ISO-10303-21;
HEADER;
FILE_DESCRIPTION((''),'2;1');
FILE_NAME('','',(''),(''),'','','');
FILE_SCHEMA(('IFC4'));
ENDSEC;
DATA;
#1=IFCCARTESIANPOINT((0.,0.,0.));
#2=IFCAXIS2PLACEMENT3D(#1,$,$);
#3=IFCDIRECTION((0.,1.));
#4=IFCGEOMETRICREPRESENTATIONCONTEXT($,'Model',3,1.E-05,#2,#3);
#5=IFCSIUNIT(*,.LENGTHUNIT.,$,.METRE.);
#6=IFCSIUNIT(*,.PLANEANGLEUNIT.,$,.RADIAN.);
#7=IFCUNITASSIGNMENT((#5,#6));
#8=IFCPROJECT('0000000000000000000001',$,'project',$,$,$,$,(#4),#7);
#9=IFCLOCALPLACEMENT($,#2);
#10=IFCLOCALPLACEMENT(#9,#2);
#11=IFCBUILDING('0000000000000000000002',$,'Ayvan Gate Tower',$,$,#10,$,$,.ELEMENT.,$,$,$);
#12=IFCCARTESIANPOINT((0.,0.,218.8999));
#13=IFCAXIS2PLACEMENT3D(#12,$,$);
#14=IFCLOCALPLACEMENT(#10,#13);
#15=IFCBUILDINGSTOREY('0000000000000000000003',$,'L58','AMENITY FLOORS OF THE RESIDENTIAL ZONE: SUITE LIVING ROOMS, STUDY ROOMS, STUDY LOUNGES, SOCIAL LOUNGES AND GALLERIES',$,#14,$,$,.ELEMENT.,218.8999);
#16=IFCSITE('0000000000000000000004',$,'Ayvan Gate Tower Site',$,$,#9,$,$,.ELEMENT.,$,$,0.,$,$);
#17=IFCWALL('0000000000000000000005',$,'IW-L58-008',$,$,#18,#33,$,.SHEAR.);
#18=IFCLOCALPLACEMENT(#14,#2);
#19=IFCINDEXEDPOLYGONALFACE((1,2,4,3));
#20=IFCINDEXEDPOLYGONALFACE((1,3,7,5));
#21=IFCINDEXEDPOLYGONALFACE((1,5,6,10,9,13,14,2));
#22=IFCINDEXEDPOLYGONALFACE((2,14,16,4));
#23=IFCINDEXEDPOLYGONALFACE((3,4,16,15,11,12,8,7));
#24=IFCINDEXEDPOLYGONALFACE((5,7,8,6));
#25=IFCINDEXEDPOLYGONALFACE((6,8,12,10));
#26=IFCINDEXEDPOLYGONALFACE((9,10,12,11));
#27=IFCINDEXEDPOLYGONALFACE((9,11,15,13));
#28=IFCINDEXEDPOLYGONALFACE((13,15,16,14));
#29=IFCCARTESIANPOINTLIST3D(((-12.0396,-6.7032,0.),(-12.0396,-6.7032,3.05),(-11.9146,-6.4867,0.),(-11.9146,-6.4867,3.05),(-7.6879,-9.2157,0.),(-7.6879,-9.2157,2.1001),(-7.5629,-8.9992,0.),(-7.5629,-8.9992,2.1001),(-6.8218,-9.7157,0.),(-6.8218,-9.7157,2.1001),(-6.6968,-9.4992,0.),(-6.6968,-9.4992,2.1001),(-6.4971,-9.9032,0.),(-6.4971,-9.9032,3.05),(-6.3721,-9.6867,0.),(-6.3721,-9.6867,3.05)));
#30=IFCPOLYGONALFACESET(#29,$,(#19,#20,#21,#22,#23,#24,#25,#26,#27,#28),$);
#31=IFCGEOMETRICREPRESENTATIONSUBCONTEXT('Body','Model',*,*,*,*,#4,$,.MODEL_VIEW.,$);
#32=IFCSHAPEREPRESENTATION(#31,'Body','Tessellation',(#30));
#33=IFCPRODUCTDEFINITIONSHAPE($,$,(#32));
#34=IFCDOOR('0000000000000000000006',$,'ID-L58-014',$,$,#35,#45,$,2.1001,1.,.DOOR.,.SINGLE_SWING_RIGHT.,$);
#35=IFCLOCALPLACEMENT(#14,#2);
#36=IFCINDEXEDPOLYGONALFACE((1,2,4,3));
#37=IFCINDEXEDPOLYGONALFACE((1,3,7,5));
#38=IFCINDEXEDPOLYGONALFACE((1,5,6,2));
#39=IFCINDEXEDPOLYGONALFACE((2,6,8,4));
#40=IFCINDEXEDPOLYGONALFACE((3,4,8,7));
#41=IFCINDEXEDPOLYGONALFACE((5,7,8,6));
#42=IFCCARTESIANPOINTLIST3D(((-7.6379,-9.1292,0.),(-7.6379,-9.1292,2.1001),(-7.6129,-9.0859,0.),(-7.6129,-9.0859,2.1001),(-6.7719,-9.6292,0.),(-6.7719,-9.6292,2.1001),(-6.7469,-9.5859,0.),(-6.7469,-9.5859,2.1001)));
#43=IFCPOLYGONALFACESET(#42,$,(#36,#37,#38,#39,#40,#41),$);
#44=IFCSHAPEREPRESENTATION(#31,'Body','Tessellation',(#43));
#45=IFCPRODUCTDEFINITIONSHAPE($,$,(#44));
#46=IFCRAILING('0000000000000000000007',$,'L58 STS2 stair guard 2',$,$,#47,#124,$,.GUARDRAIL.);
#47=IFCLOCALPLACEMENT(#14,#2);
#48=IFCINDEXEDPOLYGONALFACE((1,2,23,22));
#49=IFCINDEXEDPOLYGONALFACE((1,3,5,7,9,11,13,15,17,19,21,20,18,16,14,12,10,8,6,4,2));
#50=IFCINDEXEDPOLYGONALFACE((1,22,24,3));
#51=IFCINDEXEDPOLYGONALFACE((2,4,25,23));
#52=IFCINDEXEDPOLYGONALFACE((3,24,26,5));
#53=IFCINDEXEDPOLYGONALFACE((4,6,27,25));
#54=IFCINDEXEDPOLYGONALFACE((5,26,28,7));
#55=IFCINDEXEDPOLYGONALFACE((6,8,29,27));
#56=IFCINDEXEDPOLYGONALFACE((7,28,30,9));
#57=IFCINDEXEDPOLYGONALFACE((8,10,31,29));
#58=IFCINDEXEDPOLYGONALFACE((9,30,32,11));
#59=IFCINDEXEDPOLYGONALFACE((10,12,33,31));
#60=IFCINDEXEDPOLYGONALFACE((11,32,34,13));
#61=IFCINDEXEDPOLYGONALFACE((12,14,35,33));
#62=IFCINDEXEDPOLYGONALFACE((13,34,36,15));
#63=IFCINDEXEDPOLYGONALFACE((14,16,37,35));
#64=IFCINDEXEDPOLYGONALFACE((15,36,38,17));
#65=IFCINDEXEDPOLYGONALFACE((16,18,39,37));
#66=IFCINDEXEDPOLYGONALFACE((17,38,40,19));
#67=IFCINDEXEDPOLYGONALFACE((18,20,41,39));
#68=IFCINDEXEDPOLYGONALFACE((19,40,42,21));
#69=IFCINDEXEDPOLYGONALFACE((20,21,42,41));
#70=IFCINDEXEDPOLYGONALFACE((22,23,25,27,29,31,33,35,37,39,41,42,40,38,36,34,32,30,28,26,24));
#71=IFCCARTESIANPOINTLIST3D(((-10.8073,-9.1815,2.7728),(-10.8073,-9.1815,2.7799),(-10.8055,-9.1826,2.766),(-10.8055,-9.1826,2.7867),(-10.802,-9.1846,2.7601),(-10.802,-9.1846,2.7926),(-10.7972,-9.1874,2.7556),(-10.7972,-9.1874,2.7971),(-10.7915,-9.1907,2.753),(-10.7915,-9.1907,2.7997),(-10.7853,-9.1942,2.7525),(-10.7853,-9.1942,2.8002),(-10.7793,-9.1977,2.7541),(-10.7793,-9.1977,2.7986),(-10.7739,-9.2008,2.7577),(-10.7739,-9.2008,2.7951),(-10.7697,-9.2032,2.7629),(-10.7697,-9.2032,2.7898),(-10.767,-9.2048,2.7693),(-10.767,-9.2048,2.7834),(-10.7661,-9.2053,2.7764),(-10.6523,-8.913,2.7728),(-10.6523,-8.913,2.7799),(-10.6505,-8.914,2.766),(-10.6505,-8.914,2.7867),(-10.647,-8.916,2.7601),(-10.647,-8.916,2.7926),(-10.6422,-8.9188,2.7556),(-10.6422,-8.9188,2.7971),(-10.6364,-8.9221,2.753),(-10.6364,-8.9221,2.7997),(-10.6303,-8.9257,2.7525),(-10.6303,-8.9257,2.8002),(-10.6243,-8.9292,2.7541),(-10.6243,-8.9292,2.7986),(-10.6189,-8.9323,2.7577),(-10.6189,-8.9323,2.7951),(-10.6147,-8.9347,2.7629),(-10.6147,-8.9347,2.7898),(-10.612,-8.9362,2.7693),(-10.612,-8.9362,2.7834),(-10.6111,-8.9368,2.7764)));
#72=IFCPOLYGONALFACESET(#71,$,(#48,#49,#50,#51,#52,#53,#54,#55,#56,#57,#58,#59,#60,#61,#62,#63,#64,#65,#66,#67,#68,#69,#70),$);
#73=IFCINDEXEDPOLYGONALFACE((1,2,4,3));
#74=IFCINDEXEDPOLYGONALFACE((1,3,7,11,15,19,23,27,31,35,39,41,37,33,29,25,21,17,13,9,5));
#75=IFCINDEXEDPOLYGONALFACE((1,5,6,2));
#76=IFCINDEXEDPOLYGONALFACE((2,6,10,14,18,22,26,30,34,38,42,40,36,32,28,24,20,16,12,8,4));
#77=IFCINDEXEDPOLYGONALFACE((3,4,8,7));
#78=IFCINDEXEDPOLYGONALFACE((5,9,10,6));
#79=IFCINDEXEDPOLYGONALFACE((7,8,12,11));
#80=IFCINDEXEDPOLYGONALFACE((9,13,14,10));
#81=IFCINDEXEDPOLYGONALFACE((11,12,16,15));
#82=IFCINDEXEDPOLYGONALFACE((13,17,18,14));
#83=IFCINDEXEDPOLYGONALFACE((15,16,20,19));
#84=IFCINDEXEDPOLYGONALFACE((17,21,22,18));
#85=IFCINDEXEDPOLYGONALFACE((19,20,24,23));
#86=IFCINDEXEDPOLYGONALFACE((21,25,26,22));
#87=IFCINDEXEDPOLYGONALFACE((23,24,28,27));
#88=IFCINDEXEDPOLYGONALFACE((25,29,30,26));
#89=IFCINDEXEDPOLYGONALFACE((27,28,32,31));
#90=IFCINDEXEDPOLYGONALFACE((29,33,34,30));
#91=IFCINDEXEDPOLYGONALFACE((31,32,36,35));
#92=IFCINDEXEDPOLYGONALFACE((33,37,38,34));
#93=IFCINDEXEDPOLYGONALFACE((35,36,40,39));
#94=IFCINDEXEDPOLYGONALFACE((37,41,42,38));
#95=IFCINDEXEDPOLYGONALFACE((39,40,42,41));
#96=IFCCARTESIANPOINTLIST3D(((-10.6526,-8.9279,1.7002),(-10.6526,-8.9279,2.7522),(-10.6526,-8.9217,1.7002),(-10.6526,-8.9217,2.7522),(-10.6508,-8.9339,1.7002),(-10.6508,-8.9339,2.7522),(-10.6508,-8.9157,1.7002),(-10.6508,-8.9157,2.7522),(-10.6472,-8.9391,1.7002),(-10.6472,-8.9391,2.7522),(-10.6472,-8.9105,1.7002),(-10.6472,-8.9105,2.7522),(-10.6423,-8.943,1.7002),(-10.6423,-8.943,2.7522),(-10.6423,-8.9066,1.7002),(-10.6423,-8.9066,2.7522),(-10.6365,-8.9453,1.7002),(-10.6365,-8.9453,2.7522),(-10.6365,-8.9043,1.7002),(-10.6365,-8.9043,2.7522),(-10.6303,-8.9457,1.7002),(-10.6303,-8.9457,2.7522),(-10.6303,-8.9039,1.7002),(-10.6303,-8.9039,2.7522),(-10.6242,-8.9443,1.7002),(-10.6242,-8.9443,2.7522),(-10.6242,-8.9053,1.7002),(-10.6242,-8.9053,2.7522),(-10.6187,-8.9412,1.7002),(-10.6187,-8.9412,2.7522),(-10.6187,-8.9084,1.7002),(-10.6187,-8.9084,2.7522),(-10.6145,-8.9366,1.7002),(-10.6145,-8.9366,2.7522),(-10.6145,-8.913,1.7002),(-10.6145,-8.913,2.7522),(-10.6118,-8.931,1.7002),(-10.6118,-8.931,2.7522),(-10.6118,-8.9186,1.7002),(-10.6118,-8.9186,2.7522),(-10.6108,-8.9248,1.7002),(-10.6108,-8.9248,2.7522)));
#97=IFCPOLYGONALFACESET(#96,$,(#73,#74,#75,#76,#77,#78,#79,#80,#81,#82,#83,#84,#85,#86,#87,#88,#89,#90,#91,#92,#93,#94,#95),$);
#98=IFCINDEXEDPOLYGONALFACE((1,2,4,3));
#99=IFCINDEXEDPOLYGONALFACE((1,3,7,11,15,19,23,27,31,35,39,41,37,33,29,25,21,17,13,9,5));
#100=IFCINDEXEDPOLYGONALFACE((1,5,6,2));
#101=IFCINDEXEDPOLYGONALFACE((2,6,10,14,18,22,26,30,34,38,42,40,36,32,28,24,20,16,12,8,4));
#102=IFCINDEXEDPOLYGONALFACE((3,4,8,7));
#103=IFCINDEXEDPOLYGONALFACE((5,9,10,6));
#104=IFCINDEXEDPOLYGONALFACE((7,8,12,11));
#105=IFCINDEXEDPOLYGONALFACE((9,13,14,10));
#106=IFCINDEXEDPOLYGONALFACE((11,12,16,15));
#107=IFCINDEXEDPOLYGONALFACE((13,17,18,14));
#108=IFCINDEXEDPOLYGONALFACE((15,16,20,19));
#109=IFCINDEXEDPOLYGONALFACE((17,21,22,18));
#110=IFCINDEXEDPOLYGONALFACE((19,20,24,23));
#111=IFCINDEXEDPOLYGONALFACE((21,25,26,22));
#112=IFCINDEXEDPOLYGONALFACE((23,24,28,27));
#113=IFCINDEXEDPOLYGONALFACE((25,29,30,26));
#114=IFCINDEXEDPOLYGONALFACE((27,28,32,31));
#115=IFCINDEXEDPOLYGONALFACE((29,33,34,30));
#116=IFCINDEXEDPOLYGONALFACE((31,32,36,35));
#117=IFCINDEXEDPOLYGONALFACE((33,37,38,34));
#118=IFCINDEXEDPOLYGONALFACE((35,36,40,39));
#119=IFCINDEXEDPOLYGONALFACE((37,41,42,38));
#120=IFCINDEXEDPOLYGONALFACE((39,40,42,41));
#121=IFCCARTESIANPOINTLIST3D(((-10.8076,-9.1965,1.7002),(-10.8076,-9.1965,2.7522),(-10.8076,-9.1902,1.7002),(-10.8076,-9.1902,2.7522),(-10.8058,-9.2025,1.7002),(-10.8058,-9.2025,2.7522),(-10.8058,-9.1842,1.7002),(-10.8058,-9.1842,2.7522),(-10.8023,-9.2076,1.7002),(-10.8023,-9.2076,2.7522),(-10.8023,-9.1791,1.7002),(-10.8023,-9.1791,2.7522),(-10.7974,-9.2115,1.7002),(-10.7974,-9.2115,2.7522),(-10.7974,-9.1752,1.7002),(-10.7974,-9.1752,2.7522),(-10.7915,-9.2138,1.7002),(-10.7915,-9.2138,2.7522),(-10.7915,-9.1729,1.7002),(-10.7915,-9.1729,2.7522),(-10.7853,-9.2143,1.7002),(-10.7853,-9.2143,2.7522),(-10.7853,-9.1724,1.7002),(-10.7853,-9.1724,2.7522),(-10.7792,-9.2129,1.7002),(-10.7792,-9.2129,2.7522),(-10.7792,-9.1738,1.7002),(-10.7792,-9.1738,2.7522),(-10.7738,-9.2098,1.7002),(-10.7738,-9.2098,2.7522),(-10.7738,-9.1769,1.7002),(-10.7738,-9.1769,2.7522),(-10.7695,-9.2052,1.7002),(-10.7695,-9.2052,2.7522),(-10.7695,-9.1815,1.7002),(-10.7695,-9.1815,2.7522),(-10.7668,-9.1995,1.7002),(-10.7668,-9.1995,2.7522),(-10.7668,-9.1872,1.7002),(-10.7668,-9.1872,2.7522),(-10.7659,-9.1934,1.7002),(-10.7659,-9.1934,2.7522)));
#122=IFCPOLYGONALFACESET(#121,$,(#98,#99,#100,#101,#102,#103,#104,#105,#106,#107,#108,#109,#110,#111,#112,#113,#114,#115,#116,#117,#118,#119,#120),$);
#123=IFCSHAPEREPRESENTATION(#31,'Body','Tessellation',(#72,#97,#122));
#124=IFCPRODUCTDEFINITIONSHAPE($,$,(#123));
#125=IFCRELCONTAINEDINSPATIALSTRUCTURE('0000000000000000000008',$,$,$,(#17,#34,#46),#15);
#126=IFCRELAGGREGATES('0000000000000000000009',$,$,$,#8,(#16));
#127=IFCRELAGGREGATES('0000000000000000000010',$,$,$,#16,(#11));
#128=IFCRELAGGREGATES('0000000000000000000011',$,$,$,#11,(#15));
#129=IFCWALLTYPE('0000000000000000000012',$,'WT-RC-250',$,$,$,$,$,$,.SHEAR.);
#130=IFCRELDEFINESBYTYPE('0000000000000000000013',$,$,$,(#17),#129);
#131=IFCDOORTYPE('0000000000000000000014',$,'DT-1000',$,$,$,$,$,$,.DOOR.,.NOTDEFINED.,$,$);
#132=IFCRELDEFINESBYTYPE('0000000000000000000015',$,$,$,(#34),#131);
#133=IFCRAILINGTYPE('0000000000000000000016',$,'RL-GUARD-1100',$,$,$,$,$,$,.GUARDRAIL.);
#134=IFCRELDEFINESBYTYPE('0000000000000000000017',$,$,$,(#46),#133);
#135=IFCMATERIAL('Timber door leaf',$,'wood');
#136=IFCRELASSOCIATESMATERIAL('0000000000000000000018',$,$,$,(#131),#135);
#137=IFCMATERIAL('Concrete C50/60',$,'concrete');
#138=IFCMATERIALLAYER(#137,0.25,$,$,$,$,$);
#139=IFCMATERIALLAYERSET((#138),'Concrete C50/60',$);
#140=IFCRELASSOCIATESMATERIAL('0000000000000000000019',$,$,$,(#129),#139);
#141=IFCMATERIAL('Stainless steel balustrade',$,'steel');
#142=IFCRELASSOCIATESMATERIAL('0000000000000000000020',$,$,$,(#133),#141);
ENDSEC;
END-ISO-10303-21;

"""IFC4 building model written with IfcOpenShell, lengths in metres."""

from ifc_helpers import new_model, si_unit, direction, frame, frame_2d, origin, origin_2d, place, context, subcontext, project, spatial, rectangle, circle, extrude, material, layer, layer_set, type_object, element, fill, save


model = new_model("IFC4")

# Units and contexts
model_context = context("Model", 3, precision=1e-05, world=origin(), true_north=direction((0.0, 1.0)))
body_context = subcontext(model_context, "Body", "Model", "MODEL_VIEW")
ifc_project = project(units=[si_unit("LENGTHUNIT", "METRE"), si_unit("PLANEANGLEUNIT", "RADIAN")], contexts=[model_context])

# Site, building, storey
site_placement = place(None, origin())
site = spatial("IfcSite", under=ifc_project, at=site_placement, Name="Ayvan Gate Tower Site", CompositionType="ELEMENT", RefElevation=0.0)
building_placement = place(site_placement, origin())
building = spatial("IfcBuilding", under=site, at=building_placement, Name="Ayvan Gate Tower", CompositionType="ELEMENT")
storey_placement = place(building_placement, frame((0.0, 0.0, 218.8999)))
storey = spatial("IfcBuildingStorey", under=building, at=storey_placement, Name="L58", Description="AMENITY FLOORS OF THE RESIDENTIAL ZONE: SUITE LIVING ROOMS, STUDY ROOMS, STUDY LOUNGES, SOCIAL LOUNGES AND GALLERIES", CompositionType="ELEMENT", Elevation=218.8999)

# Shared definitions
ifc_material_1 = material(Name="Concrete C50/60", Category="concrete")

# Shared definitions
ifc_material_2 = material(Name="Timber door leaf", Category="wood")
door_type_1 = type_object("IfcDoorType", Name="DT-1000", OperationType="NOTDEFINED", PredefinedType="DOOR", material=ifc_material_2)

# Shared definitions
ifc_layer_1 = layer(ifc_material_1, 0.25)
ifc_layer_set_1 = layer_set([ifc_layer_1], Name="Concrete C50/60")
wall_type_1 = type_object("IfcWallType", Name="WT-RC-250", PredefinedType="SHEAR", material=ifc_layer_set_1)

# Wall, opening, door
wall_1_placement = place(storey_placement, frame((-11.9771, -6.595, 0.0), z_axis=(0.0, 0.0, 1.0), x_axis=(0.866025, -0.5, 0.0)))
wall_1 = element("IfcWall", 1, at=wall_1_placement, inside=storey, type_object=wall_type_1, Name="IW-L58-008", PredefinedType="SHEAR", context=body_context, shape_type="SweptSolid", body=[
    extrude(rectangle(XDim=6.3999, YDim=0.25, at=frame_2d((3.2, 0.0))), origin(), (0.0, 0.0, 1.0), 3.05),
])
opening_1_placement = place(wall_1_placement, frame((5.0249, 0.0, 0.0)))
opening_1 = element("IfcOpeningElement", 2, at=opening_1_placement, cuts=wall_1, PredefinedType="OPENING", context=body_context, shape_type="SweptSolid", body=[
    extrude(rectangle(XDim=1.0, YDim=2.1001, at=frame_2d((0.5, 1.05))), frame((0.0, 0.135, 0.0), z_axis=(0.0, -1.0, 0.0), x_axis=(1.0, 0.0, 0.0)), (0.0, 0.0, 1.0), 0.27),
])
door_1_placement = place(opening_1_placement, origin())
door_1 = element("IfcDoor", 3, at=door_1_placement, inside=storey, type_object=door_type_1, Name="ID-L58-014", OperationType="SINGLE_SWING_RIGHT", OverallHeight=2.1001, OverallWidth=1.0, PredefinedType="DOOR", context=body_context, shape_type="SweptSolid", body=[
    extrude(rectangle(XDim=1.0, YDim=2.1001, at=frame_2d((0.5, 1.05))), frame((0.0, 0.0249, 0.0), z_axis=(0.0, -1.0, 0.0), x_axis=(1.0, 0.0, 0.0)), (0.0, 0.0, 1.0), 0.05),
])
fill(opening_1, door_1)

# Railing
ifc_material_3 = material(Name="Stainless steel balustrade", Category="steel")
railing_type_1 = type_object("IfcRailingType", Name="RL-GUARD-1100", PredefinedType="GUARDRAIL", material=ifc_material_3)
railing_1_placement = place(storey_placement, frame((-10.6318, -8.9248, 1.7002)))
element("IfcRailing", 4, at=railing_1_placement, inside=storey, type_object=railing_type_1, Name="L58 STS2 stair guard 2", PredefinedType="GUARDRAIL", context=body_context, shape_type="SweptSolid", body=[
    extrude(circle(Radius=0.0239, at=origin_2d()), frame((0.0, 0.0, 1.0762), z_axis=(-0.49995, -0.866054, 0.0), x_axis=(0.866054, -0.49995, 0.0)), (0.0, 0.0, 1.0), 0.3101),
    extrude(circle(Radius=0.021, at=origin_2d()), origin(), (0.0, 0.0, 1.0), 1.052),
    extrude(circle(Radius=0.021, at=origin_2d()), frame((-0.155, -0.2686, 0.0)), (0.0, 0.0, 1.0), 1.052),
])

save(model, "model.ifc")
